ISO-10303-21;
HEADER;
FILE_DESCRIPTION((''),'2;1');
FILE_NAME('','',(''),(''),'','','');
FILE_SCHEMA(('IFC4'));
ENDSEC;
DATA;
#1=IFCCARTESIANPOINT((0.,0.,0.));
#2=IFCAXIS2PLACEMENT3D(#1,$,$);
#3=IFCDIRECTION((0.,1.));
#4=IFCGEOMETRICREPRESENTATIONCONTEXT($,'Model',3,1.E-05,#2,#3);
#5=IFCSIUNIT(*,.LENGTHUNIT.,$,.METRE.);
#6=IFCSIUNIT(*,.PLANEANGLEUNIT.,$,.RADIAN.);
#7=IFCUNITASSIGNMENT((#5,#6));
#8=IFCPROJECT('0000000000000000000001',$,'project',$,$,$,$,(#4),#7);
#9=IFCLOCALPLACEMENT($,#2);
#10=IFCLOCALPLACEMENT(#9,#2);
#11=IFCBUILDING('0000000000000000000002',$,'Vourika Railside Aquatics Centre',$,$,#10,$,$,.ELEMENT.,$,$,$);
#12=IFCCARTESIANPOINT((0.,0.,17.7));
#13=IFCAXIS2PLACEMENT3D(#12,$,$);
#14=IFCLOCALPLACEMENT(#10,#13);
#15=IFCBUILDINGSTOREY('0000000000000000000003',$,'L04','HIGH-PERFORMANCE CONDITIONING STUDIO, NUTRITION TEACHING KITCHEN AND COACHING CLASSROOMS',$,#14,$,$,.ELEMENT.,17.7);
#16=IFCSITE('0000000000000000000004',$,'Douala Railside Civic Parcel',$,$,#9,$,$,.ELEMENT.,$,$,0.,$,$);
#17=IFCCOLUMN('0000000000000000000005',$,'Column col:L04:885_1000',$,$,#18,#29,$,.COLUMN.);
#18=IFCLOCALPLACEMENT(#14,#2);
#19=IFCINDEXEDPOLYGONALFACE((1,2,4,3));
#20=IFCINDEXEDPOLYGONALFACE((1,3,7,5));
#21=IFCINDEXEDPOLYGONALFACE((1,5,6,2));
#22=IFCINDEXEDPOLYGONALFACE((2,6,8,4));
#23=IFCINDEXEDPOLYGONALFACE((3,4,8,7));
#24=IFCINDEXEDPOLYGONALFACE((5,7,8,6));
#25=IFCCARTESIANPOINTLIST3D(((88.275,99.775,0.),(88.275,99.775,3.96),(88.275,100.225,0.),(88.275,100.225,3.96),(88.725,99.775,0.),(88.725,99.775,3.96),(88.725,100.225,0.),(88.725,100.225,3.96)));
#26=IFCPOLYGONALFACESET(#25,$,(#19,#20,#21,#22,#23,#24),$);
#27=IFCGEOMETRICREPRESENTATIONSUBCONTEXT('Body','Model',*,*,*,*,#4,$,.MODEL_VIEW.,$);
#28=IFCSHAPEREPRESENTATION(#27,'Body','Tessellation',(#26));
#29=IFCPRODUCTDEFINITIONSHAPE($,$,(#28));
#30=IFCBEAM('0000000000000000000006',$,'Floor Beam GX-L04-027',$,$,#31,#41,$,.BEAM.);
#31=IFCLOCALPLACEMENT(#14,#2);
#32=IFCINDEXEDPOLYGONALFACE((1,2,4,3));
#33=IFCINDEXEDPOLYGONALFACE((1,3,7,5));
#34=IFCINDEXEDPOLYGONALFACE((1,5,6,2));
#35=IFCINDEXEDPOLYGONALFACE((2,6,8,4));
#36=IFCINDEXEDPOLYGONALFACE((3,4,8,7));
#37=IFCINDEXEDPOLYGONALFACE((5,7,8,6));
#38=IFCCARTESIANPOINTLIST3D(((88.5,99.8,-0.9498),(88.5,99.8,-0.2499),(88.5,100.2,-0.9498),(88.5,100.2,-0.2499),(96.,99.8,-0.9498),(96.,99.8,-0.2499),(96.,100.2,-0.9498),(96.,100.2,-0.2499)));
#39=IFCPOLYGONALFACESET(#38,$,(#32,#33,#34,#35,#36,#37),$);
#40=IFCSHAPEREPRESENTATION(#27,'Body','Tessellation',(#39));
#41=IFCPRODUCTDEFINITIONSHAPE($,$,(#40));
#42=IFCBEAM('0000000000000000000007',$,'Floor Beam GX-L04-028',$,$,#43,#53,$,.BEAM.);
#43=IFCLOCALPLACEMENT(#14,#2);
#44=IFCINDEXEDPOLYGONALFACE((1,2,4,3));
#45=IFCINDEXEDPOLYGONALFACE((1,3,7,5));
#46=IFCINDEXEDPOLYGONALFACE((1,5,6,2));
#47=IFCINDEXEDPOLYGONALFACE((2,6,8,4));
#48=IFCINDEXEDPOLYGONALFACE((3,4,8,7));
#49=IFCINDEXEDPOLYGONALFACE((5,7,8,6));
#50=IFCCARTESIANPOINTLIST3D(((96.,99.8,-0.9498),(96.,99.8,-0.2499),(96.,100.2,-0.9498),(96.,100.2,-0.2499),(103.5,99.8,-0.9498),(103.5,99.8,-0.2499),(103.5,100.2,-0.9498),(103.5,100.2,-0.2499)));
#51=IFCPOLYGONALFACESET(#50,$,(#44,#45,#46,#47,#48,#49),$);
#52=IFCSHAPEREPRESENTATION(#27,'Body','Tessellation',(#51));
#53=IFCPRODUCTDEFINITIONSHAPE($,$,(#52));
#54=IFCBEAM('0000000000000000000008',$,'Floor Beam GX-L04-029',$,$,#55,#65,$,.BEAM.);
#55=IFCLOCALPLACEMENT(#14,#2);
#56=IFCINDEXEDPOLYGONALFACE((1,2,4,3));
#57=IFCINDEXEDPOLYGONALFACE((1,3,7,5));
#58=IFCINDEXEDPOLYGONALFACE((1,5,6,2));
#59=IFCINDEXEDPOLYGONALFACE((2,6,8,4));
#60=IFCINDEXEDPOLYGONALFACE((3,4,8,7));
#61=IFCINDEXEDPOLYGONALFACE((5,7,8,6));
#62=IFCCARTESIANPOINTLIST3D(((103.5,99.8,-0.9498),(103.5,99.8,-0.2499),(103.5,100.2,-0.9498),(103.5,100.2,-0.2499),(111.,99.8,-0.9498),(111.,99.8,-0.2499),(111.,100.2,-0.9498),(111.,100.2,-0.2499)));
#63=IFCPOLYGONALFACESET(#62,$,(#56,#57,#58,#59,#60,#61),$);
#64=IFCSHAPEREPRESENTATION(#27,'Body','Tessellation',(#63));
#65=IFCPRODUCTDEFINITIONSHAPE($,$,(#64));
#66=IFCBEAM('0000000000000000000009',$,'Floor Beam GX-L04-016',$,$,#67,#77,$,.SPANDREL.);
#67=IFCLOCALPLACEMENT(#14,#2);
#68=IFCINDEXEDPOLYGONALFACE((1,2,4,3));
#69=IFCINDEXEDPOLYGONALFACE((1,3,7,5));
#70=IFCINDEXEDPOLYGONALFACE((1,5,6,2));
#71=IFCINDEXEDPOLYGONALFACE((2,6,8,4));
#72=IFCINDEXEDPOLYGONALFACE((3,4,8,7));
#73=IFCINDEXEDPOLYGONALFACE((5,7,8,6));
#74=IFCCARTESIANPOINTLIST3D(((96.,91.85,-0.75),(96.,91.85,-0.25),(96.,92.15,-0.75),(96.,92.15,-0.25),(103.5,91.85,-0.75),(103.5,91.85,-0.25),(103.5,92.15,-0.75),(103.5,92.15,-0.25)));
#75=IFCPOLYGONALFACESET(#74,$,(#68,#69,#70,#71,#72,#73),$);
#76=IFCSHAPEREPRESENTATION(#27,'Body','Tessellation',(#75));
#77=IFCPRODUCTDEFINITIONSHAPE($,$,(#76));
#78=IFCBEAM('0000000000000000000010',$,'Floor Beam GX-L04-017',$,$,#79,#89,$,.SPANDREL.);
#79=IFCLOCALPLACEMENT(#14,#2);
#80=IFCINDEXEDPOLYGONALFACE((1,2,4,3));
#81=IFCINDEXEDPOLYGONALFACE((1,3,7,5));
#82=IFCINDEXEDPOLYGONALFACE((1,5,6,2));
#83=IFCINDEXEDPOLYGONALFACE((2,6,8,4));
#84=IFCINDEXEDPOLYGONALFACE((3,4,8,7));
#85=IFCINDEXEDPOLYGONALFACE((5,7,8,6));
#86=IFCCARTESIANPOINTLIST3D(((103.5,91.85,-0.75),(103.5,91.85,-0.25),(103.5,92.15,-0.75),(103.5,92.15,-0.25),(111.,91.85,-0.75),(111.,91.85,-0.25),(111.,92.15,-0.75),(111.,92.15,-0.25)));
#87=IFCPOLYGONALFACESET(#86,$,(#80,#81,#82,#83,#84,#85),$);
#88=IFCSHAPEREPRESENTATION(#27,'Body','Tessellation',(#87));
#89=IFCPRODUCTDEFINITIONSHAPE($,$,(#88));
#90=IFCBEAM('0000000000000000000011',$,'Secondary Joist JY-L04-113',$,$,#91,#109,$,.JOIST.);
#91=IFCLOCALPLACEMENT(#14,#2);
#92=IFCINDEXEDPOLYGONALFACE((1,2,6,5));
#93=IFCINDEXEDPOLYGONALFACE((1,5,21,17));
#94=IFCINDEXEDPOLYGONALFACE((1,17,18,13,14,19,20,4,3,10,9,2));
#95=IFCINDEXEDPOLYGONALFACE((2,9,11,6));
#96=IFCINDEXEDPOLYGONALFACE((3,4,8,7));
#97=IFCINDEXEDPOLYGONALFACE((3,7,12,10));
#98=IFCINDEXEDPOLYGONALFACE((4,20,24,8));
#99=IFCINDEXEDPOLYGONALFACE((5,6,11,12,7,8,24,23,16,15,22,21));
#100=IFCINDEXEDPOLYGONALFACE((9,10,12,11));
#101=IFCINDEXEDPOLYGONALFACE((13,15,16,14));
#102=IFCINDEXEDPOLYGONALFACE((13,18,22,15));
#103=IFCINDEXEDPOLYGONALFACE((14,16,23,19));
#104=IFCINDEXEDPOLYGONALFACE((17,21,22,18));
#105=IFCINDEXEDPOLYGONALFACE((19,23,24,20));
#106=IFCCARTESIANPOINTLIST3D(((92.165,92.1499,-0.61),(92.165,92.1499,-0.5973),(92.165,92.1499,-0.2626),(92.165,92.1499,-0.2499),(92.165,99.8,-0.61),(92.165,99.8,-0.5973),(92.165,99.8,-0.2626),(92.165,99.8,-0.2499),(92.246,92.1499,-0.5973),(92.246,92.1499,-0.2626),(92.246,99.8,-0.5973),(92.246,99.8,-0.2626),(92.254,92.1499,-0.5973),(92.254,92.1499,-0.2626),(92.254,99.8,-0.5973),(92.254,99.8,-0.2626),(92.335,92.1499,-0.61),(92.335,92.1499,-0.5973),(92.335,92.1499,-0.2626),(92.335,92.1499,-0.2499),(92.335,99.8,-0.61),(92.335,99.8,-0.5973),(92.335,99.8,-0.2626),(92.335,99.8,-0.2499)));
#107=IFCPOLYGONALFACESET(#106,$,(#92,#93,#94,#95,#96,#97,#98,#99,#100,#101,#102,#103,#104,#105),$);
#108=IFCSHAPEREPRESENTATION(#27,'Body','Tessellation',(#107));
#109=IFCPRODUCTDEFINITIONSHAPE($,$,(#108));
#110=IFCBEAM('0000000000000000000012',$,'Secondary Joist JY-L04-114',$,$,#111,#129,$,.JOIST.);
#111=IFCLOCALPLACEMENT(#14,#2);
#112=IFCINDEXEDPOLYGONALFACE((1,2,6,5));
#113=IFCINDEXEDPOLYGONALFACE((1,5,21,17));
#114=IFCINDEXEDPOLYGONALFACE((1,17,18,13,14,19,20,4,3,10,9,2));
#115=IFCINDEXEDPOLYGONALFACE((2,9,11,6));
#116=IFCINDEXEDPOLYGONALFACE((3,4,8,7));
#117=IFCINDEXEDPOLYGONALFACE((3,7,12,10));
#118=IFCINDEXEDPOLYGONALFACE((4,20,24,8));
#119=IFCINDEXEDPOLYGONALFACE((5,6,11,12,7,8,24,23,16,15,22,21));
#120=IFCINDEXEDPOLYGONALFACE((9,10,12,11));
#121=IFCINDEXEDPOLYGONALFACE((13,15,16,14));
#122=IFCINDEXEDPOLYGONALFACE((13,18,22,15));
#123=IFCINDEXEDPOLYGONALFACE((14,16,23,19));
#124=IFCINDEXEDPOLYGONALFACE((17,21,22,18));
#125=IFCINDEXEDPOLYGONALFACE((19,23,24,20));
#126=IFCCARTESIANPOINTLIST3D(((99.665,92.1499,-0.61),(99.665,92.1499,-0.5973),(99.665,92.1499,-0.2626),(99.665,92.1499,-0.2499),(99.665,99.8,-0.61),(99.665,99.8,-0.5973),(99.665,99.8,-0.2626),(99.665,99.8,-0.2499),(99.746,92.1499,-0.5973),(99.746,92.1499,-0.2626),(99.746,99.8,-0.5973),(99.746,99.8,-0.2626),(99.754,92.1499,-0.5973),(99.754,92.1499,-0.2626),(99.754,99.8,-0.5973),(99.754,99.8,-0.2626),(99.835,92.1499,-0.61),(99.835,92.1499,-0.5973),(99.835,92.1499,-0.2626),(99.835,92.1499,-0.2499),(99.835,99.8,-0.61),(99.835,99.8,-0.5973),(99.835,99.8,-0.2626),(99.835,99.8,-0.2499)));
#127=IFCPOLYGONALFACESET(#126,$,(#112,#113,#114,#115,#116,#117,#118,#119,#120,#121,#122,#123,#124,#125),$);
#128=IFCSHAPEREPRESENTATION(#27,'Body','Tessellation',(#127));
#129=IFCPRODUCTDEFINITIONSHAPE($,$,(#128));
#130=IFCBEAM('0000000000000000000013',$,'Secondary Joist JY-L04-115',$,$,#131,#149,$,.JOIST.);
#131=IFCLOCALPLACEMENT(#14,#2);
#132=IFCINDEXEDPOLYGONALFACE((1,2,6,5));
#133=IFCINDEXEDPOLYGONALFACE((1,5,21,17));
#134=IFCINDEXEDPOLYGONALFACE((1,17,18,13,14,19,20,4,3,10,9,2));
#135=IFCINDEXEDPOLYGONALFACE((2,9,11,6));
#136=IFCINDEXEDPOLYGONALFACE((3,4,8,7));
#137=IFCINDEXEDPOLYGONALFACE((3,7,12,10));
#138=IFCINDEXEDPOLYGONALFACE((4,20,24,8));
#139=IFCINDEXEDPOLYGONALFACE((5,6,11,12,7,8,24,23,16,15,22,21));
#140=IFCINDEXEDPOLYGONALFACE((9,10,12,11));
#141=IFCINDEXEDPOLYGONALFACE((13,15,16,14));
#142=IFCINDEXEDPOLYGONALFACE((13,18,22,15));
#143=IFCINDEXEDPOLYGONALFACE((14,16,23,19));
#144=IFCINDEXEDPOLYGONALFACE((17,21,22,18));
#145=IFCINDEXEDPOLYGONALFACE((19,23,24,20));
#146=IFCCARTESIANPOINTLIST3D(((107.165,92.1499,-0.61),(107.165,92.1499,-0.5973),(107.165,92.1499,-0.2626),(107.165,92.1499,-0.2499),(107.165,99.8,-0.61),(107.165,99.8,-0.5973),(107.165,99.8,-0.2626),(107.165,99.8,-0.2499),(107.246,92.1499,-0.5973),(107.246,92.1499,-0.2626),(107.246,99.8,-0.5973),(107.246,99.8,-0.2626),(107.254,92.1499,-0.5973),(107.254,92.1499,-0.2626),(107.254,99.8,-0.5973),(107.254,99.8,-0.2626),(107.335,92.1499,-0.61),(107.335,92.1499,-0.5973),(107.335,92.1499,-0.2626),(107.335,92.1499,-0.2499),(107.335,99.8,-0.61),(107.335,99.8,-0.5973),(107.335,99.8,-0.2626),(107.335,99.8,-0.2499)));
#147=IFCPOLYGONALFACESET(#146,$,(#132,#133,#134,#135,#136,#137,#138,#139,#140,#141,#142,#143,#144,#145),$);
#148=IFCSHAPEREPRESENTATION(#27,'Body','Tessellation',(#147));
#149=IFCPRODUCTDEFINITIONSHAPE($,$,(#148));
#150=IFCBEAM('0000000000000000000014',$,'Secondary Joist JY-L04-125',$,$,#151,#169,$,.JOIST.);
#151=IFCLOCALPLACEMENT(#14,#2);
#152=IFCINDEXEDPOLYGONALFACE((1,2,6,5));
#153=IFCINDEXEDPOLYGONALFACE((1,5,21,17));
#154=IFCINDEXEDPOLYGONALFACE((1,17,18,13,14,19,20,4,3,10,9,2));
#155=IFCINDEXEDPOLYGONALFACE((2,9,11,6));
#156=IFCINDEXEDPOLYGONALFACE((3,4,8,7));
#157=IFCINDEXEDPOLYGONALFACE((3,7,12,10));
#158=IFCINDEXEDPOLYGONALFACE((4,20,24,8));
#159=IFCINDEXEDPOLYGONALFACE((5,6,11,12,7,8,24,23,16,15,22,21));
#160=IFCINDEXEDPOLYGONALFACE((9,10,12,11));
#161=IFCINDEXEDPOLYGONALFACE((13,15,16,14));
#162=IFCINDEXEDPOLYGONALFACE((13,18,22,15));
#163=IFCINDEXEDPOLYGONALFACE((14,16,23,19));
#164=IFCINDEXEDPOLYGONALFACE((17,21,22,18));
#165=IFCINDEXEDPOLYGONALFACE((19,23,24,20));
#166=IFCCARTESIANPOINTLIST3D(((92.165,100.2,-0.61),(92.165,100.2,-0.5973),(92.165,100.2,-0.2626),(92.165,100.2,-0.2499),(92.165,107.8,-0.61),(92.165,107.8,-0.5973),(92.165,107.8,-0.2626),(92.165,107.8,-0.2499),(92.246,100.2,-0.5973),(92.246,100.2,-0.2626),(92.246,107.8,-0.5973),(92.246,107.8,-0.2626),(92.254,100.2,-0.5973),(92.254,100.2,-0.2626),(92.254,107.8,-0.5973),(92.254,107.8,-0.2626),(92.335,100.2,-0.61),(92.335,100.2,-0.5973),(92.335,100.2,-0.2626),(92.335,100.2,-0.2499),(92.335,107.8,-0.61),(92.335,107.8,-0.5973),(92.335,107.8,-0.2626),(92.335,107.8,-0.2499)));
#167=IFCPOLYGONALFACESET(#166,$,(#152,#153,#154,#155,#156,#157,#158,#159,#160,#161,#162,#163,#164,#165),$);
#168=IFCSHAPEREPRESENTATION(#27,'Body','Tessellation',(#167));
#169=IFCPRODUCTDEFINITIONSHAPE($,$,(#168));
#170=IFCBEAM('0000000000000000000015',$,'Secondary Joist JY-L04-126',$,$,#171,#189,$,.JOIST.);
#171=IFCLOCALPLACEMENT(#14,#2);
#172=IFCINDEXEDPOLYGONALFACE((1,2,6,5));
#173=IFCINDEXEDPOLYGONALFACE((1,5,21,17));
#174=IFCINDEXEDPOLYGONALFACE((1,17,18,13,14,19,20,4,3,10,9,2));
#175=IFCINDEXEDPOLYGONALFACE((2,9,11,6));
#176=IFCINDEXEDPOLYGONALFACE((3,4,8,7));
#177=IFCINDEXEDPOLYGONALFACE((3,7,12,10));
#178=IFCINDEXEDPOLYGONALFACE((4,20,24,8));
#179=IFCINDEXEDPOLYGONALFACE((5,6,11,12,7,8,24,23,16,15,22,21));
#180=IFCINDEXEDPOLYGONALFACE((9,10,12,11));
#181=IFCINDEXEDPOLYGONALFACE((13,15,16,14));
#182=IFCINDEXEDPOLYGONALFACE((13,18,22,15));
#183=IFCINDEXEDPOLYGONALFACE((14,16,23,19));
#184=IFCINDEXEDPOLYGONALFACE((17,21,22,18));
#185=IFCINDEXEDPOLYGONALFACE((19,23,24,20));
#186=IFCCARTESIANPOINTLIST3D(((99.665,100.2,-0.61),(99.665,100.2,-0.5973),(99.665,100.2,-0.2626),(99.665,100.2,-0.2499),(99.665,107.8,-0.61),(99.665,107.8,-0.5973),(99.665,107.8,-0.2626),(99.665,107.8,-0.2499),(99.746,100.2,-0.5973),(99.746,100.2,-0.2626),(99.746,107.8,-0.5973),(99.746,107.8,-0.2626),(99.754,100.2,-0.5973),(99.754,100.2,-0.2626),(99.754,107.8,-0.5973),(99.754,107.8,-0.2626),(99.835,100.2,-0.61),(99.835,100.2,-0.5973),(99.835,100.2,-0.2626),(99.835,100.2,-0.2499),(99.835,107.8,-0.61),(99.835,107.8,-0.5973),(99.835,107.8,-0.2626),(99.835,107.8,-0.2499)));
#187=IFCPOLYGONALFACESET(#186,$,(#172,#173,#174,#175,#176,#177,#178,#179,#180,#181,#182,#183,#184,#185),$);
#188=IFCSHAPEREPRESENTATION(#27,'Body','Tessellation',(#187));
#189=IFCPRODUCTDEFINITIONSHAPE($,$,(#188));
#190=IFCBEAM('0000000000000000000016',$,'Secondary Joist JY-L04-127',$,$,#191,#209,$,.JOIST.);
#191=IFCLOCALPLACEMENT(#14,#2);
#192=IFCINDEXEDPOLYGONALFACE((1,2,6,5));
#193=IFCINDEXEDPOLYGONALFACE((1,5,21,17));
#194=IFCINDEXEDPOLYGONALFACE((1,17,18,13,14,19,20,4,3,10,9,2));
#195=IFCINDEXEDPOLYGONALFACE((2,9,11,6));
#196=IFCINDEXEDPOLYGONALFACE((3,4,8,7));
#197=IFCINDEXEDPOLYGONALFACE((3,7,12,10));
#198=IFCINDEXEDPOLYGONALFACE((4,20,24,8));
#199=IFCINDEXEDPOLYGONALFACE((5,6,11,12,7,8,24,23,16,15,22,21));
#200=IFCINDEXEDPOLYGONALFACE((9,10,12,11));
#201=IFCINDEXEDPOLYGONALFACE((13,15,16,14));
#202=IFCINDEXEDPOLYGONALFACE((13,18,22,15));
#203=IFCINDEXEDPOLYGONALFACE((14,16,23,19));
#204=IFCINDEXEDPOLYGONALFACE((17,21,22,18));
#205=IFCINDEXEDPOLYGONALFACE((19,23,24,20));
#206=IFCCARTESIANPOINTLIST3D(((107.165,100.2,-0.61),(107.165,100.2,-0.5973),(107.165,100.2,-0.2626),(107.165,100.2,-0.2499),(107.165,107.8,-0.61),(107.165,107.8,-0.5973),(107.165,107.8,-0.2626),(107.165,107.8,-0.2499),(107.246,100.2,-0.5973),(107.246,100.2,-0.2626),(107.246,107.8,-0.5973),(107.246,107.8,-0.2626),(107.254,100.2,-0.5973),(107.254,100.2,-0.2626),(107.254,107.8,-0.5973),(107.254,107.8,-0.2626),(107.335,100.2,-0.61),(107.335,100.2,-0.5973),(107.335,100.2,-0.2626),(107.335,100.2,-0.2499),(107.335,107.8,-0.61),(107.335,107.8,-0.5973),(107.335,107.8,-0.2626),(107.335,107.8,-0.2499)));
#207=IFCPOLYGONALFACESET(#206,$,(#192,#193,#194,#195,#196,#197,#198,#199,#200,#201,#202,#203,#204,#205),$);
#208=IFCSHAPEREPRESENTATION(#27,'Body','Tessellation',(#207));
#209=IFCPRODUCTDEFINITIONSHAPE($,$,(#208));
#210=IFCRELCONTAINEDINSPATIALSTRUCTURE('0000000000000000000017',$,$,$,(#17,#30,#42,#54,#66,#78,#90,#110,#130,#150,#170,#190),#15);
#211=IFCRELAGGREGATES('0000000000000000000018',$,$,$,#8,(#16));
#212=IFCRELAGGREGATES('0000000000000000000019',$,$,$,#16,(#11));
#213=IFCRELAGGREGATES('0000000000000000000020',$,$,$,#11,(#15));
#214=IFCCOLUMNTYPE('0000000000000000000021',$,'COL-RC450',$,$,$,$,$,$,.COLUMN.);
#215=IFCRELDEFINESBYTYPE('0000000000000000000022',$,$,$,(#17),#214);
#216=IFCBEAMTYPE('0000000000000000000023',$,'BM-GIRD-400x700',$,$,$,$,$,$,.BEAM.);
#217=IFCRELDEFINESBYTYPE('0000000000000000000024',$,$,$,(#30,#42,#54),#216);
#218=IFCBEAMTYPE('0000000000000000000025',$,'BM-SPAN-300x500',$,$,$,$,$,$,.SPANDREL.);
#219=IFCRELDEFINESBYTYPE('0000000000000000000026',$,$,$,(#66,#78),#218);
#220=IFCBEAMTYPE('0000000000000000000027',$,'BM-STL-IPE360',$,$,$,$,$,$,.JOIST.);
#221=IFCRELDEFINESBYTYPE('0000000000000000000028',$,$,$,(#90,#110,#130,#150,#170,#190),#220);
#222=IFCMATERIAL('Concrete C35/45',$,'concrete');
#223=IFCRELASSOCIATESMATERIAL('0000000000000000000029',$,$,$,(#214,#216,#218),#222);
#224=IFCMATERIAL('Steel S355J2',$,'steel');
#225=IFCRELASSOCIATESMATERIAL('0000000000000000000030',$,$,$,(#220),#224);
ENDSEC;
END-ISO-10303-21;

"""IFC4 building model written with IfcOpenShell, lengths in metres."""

from ifc_helpers import new_model, si_unit, direction, frame, origin, origin_2d, place, context, subcontext, project, spatial, rectangle, i_section, extrude, material, material_profile, profile_set, type_object, element, save


model = new_model("IFC4")

# Units and contexts
model_context = context("Model", 3, precision=1e-05, world=origin(), true_north=direction((0.0, 1.0)))
body_context = subcontext(model_context, "Body", "Model", "MODEL_VIEW")
ifc_project = project(units=[si_unit("LENGTHUNIT", "METRE"), si_unit("PLANEANGLEUNIT", "RADIAN")], contexts=[model_context])

# Site, building, storey
site_placement = place(None, origin())
site = spatial("IfcSite", under=ifc_project, at=site_placement, Name="Douala Railside Civic Parcel", CompositionType="ELEMENT", RefElevation=0.0)
building_placement = place(site_placement, origin())
building = spatial("IfcBuilding", under=site, at=building_placement, Name="Vourika Railside Aquatics Centre", CompositionType="ELEMENT")
storey_placement = place(building_placement, frame((0.0, 0.0, 17.7)))
storey = spatial("IfcBuildingStorey", under=building, at=storey_placement, Name="L04", Description="HIGH-PERFORMANCE CONDITIONING STUDIO, NUTRITION TEACHING KITCHEN AND COACHING CLASSROOMS", CompositionType="ELEMENT", Elevation=17.7)

# Column
ifc_material_1 = material(Name="Concrete C35/45", Category="concrete")
ifc_material_profile_1 = material_profile(ifc_material_1, rectangle(XDim=0.45, YDim=0.45, at=origin_2d()), Name="RC 450x450")
ifc_profile_set_1 = profile_set([ifc_material_profile_1], Name="Concrete C35/45")
column_type = type_object("IfcColumnType", Name="COL-RC450", PredefinedType="COLUMN", material=ifc_profile_set_1)
column_placement = place(storey_placement, frame((88.5, 100.0, 0.0), z_axis=(0.0, 0.0, 1.0), x_axis=(1.0, 0.0, 0.0)))
element("IfcColumn", 1, at=column_placement, inside=storey, type_object=column_type, Name="Column col:L04:885_1000", PredefinedType="COLUMN", context=body_context, shape_type="SweptSolid", body=[
    extrude(rectangle(XDim=0.45, YDim=0.45, at=origin_2d()), origin(), (0.0, 0.0, 1.0), 3.96),
])

# Beams
ifc_material_profile_2 = material_profile(ifc_material_1, rectangle(XDim=0.3999, YDim=0.7, at=origin_2d()), Name="RC 400x700")
ifc_profile_set_2 = profile_set([ifc_material_profile_2], Name="Concrete C35/45")
beam_type_1 = type_object("IfcBeamType", Name="BM-GIRD-400x700", PredefinedType="BEAM", material=ifc_profile_set_2)
for number, where, z_axis, x_axis, name in (
    (2, (88.5, 100.0, -0.5999), (1.0, 0.0, 0.0), (0.0, 1.0, 0.0), "Floor Beam GX-L04-027"),
    (3, (96.0, 100.0, -0.5999), (1.0, 0.0, 0.0), (0.0, 1.0, 0.0), "Floor Beam GX-L04-028"),
    (4, (103.5, 100.0, -0.5999), (1.0, 0.0, 0.0), (0.0, 1.0, 0.0), "Floor Beam GX-L04-029"),
):
    element("IfcBeam", number, at=place(storey_placement, frame(where, z_axis=z_axis, x_axis=x_axis)), inside=storey, type_object=beam_type_1, Name=name, PredefinedType="BEAM", context=body_context, shape_type="SweptSolid", body=[
        extrude(rectangle(XDim=0.3999, YDim=0.7, at=origin_2d()), origin(), (0.0, 0.0, 1.0), 7.5),
    ])
ifc_material_profile_3 = material_profile(ifc_material_1, rectangle(XDim=0.3, YDim=0.5, at=origin_2d()), Name="RC 300x500")
ifc_profile_set_3 = profile_set([ifc_material_profile_3], Name="Concrete C35/45")
beam_type_2 = type_object("IfcBeamType", Name="BM-SPAN-300x500", PredefinedType="SPANDREL", material=ifc_profile_set_3)
for number, where, z_axis, x_axis, name in (
    (5, (96.0, 92.0, -0.5), (1.0, 0.0, 0.0), (0.0, 1.0, 0.0), "Floor Beam GX-L04-016"),
    (6, (103.5, 92.0, -0.5), (1.0, 0.0, 0.0), (0.0, 1.0, 0.0), "Floor Beam GX-L04-017"),
):
    element("IfcBeam", number, at=place(storey_placement, frame(where, z_axis=z_axis, x_axis=x_axis)), inside=storey, type_object=beam_type_2, Name=name, PredefinedType="SPANDREL", context=body_context, shape_type="SweptSolid", body=[
        extrude(rectangle(XDim=0.3, YDim=0.5, at=origin_2d()), origin(), (0.0, 0.0, 1.0), 7.5),
    ])
ifc_material_2 = material(Name="Steel S355J2", Category="steel")
ifc_material_profile_4 = material_profile(ifc_material_2, i_section(OverallWidth=0.1699, OverallDepth=0.3601, WebThickness=0.0081, FlangeThickness=0.0127, at=origin_2d()), Name="IPE 360")
ifc_profile_set_4 = profile_set([ifc_material_profile_4], Name="Steel S355J2")
beam_type_3 = type_object("IfcBeamType", Name="BM-STL-IPE360", PredefinedType="JOIST", material=ifc_profile_set_4)
for number, where, z_axis, x_axis, name in (
    (7, (92.25, 92.1499, -0.4299), (0.0, 1.0, 0.0), (-1.0, 0.0, 0.0), "Secondary Joist JY-L04-113"),
    (8, (99.75, 92.1499, -0.4299), (0.0, 1.0, 0.0), (-1.0, 0.0, 0.0), "Secondary Joist JY-L04-114"),
    (9, (107.25, 92.1499, -0.4299), (0.0, 1.0, 0.0), (-1.0, 0.0, 0.0), "Secondary Joist JY-L04-115"),
):
    element("IfcBeam", number, at=place(storey_placement, frame(where, z_axis=z_axis, x_axis=x_axis)), inside=storey, type_object=beam_type_3, Name=name, PredefinedType="JOIST", context=body_context, shape_type="SweptSolid", body=[
        extrude(i_section(OverallWidth=0.1699, OverallDepth=0.3601, WebThickness=0.0081, FlangeThickness=0.0127, at=origin_2d()), origin(), (0.0, 0.0, 1.0), 7.6501),
    ])
for number, where, z_axis, x_axis, name in (
    (10, (92.25, 100.2, -0.4299), (0.0, 1.0, 0.0), (-1.0, 0.0, 0.0), "Secondary Joist JY-L04-125"),
    (11, (99.75, 100.2, -0.4299), (0.0, 1.0, 0.0), (-1.0, 0.0, 0.0), "Secondary Joist JY-L04-126"),
    (12, (107.25, 100.2, -0.4299), (0.0, 1.0, 0.0), (-1.0, 0.0, 0.0), "Secondary Joist JY-L04-127"),
):
    element("IfcBeam", number, at=place(storey_placement, frame(where, z_axis=z_axis, x_axis=x_axis)), inside=storey, type_object=beam_type_3, Name=name, PredefinedType="JOIST", context=body_context, shape_type="SweptSolid", body=[
        extrude(i_section(OverallWidth=0.1699, OverallDepth=0.3601, WebThickness=0.0081, FlangeThickness=0.0127, at=origin_2d()), origin(), (0.0, 0.0, 1.0), 7.6001),
    ])

save(model, "model.ifc")
